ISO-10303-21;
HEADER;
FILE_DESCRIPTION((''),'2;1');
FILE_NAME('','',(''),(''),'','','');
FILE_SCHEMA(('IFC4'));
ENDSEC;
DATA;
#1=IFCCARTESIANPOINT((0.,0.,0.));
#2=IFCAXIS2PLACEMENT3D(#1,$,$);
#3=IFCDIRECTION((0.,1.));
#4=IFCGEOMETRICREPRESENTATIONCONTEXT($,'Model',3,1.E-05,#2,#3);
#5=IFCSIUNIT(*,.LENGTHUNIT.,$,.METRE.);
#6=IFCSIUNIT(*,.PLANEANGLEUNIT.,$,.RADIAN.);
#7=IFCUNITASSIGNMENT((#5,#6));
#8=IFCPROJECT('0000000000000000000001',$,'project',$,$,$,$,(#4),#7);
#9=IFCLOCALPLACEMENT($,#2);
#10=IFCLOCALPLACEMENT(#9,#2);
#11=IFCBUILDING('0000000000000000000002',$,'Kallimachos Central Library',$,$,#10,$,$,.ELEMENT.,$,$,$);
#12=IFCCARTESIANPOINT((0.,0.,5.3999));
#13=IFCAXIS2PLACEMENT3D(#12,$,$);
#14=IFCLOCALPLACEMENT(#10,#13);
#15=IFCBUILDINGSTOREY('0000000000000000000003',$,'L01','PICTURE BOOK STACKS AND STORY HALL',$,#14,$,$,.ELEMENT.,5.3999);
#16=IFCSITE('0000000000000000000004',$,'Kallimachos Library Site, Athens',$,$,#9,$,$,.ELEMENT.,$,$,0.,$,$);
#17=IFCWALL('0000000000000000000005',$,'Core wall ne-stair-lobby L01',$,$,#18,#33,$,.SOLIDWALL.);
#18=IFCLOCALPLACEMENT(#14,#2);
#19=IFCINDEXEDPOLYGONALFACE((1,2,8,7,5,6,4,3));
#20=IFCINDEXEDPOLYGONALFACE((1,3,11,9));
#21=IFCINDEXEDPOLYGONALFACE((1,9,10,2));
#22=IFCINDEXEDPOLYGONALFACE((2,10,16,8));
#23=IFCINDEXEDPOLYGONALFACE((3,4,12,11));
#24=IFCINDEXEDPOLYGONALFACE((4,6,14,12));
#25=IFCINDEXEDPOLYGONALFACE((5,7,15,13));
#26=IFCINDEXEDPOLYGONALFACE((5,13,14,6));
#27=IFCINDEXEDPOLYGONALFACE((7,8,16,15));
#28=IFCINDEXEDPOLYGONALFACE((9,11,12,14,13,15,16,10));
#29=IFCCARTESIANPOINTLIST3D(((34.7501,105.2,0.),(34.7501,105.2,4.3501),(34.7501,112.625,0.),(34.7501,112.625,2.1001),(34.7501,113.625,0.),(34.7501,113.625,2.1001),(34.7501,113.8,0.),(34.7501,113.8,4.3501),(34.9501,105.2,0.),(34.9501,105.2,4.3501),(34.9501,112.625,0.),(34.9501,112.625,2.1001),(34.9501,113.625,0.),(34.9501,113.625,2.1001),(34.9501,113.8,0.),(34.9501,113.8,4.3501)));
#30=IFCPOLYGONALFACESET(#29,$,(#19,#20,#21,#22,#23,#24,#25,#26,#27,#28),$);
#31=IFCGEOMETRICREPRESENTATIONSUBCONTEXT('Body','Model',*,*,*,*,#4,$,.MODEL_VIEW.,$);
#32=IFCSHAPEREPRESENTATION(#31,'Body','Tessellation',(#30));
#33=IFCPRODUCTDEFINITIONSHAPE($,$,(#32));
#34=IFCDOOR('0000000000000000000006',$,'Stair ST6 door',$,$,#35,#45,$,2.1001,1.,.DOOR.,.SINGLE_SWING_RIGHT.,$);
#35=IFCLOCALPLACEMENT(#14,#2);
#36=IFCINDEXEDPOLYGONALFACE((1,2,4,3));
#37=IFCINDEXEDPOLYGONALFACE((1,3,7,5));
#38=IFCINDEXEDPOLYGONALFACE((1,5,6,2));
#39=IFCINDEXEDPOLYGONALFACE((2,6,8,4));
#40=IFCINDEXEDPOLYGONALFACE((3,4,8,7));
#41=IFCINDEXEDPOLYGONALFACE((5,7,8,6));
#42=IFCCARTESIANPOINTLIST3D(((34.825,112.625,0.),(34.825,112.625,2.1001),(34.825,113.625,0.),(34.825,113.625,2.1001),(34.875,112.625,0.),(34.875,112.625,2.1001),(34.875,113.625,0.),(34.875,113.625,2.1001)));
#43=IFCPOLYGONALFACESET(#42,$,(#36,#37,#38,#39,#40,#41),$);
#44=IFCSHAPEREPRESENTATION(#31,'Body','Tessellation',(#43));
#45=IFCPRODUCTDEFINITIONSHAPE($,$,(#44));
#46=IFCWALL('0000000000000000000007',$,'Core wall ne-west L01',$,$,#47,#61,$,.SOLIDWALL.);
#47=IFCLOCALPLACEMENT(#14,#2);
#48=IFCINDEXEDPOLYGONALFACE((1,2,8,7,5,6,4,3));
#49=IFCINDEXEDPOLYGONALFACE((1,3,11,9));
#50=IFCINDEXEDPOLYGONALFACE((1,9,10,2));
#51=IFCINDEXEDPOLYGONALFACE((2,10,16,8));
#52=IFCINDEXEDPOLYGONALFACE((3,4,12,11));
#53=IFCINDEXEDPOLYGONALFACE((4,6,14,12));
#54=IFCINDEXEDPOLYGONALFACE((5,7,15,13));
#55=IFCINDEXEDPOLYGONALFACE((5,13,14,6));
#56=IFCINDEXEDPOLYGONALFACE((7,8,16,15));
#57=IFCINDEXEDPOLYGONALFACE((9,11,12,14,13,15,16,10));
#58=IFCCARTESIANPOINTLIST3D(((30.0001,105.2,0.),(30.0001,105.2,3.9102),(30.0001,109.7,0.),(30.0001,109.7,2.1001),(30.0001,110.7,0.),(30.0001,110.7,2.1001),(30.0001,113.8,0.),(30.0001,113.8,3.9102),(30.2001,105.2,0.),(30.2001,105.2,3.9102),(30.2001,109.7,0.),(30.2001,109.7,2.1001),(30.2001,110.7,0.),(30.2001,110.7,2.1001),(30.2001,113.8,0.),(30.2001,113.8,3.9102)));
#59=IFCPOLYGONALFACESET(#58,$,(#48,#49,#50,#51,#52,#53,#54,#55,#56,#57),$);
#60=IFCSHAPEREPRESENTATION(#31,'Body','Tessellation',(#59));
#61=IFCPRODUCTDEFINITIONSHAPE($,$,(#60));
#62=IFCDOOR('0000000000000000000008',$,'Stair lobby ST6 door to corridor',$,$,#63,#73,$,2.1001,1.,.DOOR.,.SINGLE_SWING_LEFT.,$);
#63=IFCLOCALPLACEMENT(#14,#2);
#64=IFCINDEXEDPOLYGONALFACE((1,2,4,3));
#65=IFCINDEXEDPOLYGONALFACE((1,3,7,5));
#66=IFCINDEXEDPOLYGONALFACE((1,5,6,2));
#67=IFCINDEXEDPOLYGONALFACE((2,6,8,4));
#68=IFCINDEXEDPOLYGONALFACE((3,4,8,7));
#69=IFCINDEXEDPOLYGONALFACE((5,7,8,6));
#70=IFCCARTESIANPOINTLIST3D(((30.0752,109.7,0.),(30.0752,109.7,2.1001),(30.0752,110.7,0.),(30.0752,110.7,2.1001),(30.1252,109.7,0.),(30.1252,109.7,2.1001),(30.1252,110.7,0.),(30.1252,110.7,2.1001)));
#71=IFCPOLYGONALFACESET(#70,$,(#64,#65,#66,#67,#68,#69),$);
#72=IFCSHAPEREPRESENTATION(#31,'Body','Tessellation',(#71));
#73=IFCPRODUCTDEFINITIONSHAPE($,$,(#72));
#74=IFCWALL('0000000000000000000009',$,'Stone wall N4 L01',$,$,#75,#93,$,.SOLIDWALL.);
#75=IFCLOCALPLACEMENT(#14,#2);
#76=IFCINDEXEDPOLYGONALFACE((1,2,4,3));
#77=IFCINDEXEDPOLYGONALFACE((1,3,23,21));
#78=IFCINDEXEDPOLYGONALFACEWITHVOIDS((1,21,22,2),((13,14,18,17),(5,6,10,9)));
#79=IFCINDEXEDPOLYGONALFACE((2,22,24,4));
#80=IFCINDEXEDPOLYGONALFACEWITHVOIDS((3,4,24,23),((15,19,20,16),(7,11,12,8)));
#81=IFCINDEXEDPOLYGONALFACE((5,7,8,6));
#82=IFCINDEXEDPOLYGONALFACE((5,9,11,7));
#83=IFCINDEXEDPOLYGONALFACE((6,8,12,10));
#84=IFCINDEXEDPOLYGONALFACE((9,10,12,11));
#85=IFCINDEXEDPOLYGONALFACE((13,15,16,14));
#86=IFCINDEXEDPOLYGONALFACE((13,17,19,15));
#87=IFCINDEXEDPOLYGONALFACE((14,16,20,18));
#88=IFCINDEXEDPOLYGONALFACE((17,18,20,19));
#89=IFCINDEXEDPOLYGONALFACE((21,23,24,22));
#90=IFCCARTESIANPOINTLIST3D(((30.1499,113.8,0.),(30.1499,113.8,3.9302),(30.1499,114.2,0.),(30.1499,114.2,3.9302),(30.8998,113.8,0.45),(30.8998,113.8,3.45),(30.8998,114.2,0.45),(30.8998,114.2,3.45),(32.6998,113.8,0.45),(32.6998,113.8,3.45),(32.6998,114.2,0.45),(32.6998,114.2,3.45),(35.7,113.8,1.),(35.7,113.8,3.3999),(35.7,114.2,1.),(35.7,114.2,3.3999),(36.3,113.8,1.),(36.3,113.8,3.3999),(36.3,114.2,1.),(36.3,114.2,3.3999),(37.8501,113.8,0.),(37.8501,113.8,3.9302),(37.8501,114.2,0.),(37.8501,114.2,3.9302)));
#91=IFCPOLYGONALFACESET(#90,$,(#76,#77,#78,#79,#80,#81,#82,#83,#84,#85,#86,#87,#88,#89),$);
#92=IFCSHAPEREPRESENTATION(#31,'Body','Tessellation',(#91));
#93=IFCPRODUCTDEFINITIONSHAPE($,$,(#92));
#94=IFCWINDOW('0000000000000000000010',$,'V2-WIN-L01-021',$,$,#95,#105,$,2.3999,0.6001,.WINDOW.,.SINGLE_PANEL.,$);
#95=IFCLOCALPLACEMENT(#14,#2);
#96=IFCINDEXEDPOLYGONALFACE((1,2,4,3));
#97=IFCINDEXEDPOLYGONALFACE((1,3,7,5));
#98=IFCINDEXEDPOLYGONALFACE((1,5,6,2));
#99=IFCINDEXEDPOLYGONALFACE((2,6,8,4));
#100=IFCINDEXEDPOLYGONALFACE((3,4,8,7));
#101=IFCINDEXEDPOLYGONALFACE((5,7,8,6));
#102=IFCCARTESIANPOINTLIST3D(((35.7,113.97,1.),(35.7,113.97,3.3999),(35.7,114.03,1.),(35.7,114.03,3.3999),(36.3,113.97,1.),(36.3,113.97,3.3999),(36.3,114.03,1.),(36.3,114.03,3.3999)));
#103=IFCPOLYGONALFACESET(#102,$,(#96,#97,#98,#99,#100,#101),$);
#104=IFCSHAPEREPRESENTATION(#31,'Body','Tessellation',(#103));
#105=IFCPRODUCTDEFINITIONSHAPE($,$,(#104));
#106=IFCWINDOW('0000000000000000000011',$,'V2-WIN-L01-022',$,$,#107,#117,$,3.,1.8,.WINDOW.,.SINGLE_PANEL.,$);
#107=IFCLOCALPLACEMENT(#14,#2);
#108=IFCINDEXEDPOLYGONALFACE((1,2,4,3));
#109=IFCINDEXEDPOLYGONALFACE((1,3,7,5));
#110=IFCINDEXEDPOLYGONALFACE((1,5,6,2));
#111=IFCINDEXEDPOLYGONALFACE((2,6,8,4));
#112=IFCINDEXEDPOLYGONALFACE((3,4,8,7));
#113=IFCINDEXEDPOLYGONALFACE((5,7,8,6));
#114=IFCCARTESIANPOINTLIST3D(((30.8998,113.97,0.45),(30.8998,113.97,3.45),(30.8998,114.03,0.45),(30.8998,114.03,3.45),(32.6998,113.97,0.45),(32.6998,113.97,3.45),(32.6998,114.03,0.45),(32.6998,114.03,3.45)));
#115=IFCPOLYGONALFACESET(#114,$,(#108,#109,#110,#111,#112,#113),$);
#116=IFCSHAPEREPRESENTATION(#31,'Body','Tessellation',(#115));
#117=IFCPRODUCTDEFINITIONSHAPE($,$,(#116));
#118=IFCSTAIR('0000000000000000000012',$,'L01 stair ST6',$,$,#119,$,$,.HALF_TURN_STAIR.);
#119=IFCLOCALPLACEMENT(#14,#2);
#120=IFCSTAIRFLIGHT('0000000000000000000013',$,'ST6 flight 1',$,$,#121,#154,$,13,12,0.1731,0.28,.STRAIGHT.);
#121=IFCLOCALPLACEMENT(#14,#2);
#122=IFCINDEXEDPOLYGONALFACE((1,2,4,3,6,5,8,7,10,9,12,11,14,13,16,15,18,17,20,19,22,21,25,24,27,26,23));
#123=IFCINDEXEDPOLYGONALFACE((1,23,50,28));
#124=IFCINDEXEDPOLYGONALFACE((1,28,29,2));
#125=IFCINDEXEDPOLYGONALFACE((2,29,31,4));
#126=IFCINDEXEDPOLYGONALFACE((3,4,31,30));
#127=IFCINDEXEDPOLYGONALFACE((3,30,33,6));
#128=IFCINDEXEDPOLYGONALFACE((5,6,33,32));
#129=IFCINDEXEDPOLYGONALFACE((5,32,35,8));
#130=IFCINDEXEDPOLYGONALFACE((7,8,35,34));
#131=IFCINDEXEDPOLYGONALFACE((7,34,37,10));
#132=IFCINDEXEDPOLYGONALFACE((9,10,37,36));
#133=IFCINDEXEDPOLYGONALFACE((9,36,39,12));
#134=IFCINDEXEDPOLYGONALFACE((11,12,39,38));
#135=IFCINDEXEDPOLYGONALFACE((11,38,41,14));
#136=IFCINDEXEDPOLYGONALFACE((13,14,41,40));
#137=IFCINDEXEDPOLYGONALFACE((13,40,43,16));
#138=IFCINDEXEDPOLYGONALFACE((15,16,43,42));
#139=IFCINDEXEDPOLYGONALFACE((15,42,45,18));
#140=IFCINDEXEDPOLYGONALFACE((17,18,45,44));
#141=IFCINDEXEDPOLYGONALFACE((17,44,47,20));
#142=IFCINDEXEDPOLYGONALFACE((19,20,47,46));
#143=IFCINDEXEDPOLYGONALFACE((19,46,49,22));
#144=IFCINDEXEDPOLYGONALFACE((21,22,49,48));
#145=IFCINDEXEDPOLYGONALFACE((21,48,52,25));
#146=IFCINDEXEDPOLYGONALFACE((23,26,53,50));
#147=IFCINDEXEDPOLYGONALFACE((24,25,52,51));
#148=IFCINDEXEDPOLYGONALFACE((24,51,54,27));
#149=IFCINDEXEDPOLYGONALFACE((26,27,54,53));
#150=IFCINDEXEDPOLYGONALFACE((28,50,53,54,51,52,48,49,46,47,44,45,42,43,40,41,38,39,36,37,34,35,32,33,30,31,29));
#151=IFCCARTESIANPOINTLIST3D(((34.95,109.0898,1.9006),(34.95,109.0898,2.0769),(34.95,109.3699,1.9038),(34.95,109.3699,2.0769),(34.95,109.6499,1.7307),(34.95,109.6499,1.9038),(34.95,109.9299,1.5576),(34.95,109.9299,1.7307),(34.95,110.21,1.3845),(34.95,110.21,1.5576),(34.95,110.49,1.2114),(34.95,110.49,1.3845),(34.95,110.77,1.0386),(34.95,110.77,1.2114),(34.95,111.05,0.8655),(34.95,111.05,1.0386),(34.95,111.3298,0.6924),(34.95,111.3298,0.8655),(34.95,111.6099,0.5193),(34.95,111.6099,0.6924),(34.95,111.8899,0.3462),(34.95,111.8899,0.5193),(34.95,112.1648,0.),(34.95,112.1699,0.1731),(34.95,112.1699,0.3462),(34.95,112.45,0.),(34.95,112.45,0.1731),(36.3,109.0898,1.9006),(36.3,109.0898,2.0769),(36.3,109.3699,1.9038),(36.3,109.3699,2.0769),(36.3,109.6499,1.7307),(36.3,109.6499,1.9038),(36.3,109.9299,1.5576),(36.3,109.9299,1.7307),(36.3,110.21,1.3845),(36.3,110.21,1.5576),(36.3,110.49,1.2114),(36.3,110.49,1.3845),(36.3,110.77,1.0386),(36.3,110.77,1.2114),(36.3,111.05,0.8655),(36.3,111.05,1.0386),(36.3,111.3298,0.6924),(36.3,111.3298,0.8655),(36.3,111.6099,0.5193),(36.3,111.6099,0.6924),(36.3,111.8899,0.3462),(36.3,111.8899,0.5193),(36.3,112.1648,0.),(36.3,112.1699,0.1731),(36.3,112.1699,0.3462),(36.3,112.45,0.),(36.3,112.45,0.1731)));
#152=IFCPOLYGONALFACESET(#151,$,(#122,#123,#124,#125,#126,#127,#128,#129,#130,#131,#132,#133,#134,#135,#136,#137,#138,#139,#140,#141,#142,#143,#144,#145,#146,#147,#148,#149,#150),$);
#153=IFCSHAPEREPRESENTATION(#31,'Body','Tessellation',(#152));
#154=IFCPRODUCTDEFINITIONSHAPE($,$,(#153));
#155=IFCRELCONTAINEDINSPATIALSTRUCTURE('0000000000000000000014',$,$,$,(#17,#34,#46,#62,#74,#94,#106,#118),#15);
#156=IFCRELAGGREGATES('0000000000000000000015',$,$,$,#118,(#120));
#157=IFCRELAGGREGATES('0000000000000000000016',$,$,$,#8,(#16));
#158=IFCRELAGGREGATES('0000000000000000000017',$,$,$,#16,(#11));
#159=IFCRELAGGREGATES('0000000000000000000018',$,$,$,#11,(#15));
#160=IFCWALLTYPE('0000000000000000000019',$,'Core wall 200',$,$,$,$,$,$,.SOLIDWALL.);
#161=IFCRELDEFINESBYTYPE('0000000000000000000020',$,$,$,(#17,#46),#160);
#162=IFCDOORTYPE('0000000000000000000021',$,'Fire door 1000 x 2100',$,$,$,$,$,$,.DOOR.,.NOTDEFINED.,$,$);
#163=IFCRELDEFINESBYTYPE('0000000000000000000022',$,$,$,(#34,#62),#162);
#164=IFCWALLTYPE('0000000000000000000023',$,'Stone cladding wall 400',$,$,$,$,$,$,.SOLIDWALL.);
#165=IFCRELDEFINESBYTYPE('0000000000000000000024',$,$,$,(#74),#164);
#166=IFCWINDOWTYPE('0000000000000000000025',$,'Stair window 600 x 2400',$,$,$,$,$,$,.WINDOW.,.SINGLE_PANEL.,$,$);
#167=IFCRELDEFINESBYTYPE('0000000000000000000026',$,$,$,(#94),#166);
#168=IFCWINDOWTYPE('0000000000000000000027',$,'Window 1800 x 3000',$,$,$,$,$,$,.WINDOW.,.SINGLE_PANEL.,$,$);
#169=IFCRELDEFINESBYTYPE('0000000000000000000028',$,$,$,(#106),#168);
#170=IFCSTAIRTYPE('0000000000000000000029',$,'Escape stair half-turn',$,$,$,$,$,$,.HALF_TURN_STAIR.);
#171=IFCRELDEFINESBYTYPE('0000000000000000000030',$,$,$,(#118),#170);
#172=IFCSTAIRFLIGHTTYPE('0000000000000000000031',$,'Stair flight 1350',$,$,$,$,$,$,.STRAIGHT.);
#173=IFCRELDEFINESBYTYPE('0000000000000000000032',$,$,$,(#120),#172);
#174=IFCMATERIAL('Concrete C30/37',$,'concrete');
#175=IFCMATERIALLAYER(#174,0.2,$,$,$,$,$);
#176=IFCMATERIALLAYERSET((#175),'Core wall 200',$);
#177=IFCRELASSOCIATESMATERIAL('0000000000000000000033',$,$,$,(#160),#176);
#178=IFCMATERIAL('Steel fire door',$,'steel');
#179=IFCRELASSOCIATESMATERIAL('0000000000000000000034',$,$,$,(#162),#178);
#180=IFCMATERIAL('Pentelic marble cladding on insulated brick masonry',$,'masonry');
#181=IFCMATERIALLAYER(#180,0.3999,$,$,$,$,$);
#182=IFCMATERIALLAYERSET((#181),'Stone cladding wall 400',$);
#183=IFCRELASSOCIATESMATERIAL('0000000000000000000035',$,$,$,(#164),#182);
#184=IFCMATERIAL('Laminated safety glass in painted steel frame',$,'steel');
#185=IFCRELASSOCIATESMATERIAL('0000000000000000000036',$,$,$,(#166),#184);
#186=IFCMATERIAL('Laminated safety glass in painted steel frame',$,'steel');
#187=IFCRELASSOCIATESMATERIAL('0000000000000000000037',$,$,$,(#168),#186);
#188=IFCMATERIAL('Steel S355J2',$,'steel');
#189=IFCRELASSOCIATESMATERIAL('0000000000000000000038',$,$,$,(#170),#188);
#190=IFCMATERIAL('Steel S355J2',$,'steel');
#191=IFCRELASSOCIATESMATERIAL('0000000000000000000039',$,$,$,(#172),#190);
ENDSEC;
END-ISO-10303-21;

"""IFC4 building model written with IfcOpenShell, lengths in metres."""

from ifc_helpers import new_model, si_unit, direction, frame, frame_2d, origin, place, context, subcontext, project, spatial, polyline, rectangle, outline, extrude, material, layer, layer_set, type_object, element, fill, aggregate, save


model = new_model("IFC4")

# Units and contexts
model_context = context("Model", 3, precision=1e-05, world=origin(), true_north=direction((0.0, 1.0)))
body_context = subcontext(model_context, "Body", "Model", "MODEL_VIEW")
ifc_project = project(units=[si_unit("LENGTHUNIT", "METRE"), si_unit("PLANEANGLEUNIT", "RADIAN")], contexts=[model_context])

# Site, building, storey
site_placement = place(None, origin())
site = spatial("IfcSite", under=ifc_project, at=site_placement, Name="Kallimachos Library Site, Athens", CompositionType="ELEMENT", RefElevation=0.0)
building_placement = place(site_placement, origin())
building = spatial("IfcBuilding", under=site, at=building_placement, Name="Kallimachos Central Library", CompositionType="ELEMENT")
storey_placement = place(building_placement, frame((0.0, 0.0, 5.3999)))
storey = spatial("IfcBuildingStorey", under=building, at=storey_placement, Name="L01", Description="PICTURE BOOK STACKS AND STORY HALL", CompositionType="ELEMENT", Elevation=5.3999)

# Walls, openings, doors
ifc_material_1 = material(Name="Concrete C30/37", Category="concrete")
ifc_layer_1 = layer(ifc_material_1, 0.2)
ifc_layer_set_1 = layer_set([ifc_layer_1], Name="Core wall 200")
wall_type_1 = type_object("IfcWallType", Name="Core wall 200", PredefinedType="SOLIDWALL", material=ifc_layer_set_1)
wall_1_placement = place(storey_placement, frame((34.8501, 105.2, 0.0), z_axis=(0.0, 0.0, 1.0), x_axis=(0.0, 1.0, 0.0)))
wall_1 = element("IfcWall", 1, at=wall_1_placement, inside=storey, type_object=wall_type_1, Name="Core wall ne-stair-lobby L01", PredefinedType="SOLIDWALL", context=body_context, shape_type="SweptSolid", body=[
    extrude(rectangle(XDim=8.6001, YDim=0.2, at=frame_2d((4.3, 0.0))), origin(), (0.0, 0.0, 1.0), 4.3501),
])
opening_1_placement = place(wall_1_placement, frame((7.425, 0.0, 0.0)))
opening_1 = element("IfcOpeningElement", 2, at=opening_1_placement, cuts=wall_1, PredefinedType="OPENING", context=body_context, shape_type="SweptSolid", body=[
    extrude(rectangle(XDim=1.0, YDim=2.1001, at=frame_2d((0.5, 1.05))), frame((0.0, 0.1099, 0.0), z_axis=(0.0, -1.0, 0.0), x_axis=(1.0, 0.0, 0.0)), (0.0, 0.0, 1.0), 0.22),
])
ifc_material_2 = material(Name="Steel fire door", Category="steel")
door_type = type_object("IfcDoorType", Name="Fire door 1000 x 2100", OperationType="NOTDEFINED", PredefinedType="DOOR", material=ifc_material_2)
door_1_placement = place(opening_1_placement, frame((1.0, 0.0, 0.0), z_axis=(0.0, 0.0, 1.0), x_axis=(-1.0, 0.0, 0.0)))
door_1 = element("IfcDoor", 3, at=door_1_placement, inside=storey, type_object=door_type, Name="Stair ST6 door", OperationType="SINGLE_SWING_RIGHT", OverallHeight=2.1001, OverallWidth=1.0, PredefinedType="DOOR", context=body_context, shape_type="SweptSolid", body=[
    extrude(rectangle(XDim=1.0, YDim=2.1001, at=frame_2d((0.5, 1.05))), frame((0.0, 0.0249, 0.0), z_axis=(0.0, -1.0, 0.0), x_axis=(1.0, 0.0, 0.0)), (0.0, 0.0, 1.0), 0.05),
])
fill(opening_1, door_1)
wall_2_placement = place(storey_placement, frame((30.1001, 105.2, 0.0), z_axis=(0.0, 0.0, 1.0), x_axis=(0.0, 1.0, 0.0)))
wall_2 = element("IfcWall", 4, at=wall_2_placement, inside=storey, type_object=wall_type_1, Name="Core wall ne-west L01", PredefinedType="SOLIDWALL", context=body_context, shape_type="SweptSolid", body=[
    extrude(rectangle(XDim=8.6001, YDim=0.2, at=frame_2d((4.3, 0.0))), origin(), (0.0, 0.0, 1.0), 3.9102),
])
opening_2_placement = place(wall_2_placement, frame((4.5, 0.0, 0.0)))
opening_2 = element("IfcOpeningElement", 5, at=opening_2_placement, cuts=wall_2, PredefinedType="OPENING", context=body_context, shape_type="SweptSolid", body=[
    extrude(rectangle(XDim=1.0, YDim=2.1001, at=frame_2d((0.5, 1.05))), frame((0.0, 0.1099, 0.0), z_axis=(0.0, -1.0, 0.0), x_axis=(1.0, 0.0, 0.0)), (0.0, 0.0, 1.0), 0.22),
])
door_2_placement = place(opening_2_placement, origin())
door_2 = element("IfcDoor", 6, at=door_2_placement, inside=storey, type_object=door_type, Name="Stair lobby ST6 door to corridor", OperationType="SINGLE_SWING_LEFT", OverallHeight=2.1001, OverallWidth=1.0, PredefinedType="DOOR", context=body_context, shape_type="SweptSolid", body=[
    extrude(rectangle(XDim=1.0, YDim=2.1001, at=frame_2d((0.5, 1.05))), frame((0.0, 0.0249, 0.0), z_axis=(0.0, -1.0, 0.0), x_axis=(1.0, 0.0, 0.0)), (0.0, 0.0, 1.0), 0.05),
])
fill(opening_2, door_2)

# Wall, openings, windows
ifc_material_3 = material(Name="Pentelic marble cladding on insulated brick masonry", Category="masonry")
ifc_layer_2 = layer(ifc_material_3, 0.3999)
ifc_layer_set_2 = layer_set([ifc_layer_2], Name="Stone cladding wall 400")
wall_type_2 = type_object("IfcWallType", Name="Stone cladding wall 400", PredefinedType="SOLIDWALL", material=ifc_layer_set_2)
wall_3_placement = place(storey_placement, frame((30.1499, 114.0, 0.0), z_axis=(0.0, 0.0, 1.0), x_axis=(1.0, 0.0, 0.0)))
wall_3 = element("IfcWall", 7, at=wall_3_placement, inside=storey, type_object=wall_type_2, Name="Stone wall N4 L01", PredefinedType="SOLIDWALL", context=body_context, shape_type="SweptSolid", body=[
    extrude(rectangle(XDim=7.7002, YDim=0.3999, at=frame_2d((3.8501, 0.0))), origin(), (0.0, 0.0, 1.0), 3.9302),
])
opening_3_placement = place(wall_3_placement, frame((5.55, 0.0, 1.0)))
opening_3 = element("IfcOpeningElement", 8, at=opening_3_placement, cuts=wall_3, PredefinedType="OPENING", context=body_context, shape_type="SweptSolid", body=[
    extrude(rectangle(XDim=0.6001, YDim=2.3999, at=frame_2d((0.3, 1.2))), frame((0.0, 0.21, 0.0), z_axis=(0.0, -1.0, 0.0), x_axis=(1.0, 0.0, 0.0)), (0.0, 0.0, 1.0), 0.4199),
])
opening_4_placement = place(wall_3_placement, frame((0.75, 0.0, 0.45)))
opening_4 = element("IfcOpeningElement", 9, at=opening_4_placement, cuts=wall_3, PredefinedType="OPENING", context=body_context, shape_type="SweptSolid", body=[
    extrude(rectangle(XDim=1.8, YDim=3.0, at=frame_2d((0.8999, 1.5))), frame((0.0, 0.21, 0.0), z_axis=(0.0, -1.0, 0.0), x_axis=(1.0, 0.0, 0.0)), (0.0, 0.0, 1.0), 0.4199),
])
ifc_material_4 = material(Name="Laminated safety glass in painted steel frame", Category="steel")
window_type_1 = type_object("IfcWindowType", Name="Stair window 600 x 2400", PartitioningType="SINGLE_PANEL", PredefinedType="WINDOW", material=ifc_material_4)
window_1_placement = place(opening_3_placement, origin())
window_1 = element("IfcWindow", 10, at=window_1_placement, inside=storey, type_object=window_type_1, Name="V2-WIN-L01-021", OverallHeight=2.3999, OverallWidth=0.6001, PartitioningType="SINGLE_PANEL", PredefinedType="WINDOW", context=body_context, shape_type="SweptSolid", body=[
    extrude(rectangle(XDim=0.6001, YDim=2.3999, at=frame_2d((0.3, 1.2))), frame((0.0, 0.03, 0.0), z_axis=(0.0, -1.0, 0.0), x_axis=(1.0, 0.0, 0.0)), (0.0, 0.0, 1.0), 0.0601),
])
fill(opening_3, window_1)
ifc_material_5 = material(Name="Laminated safety glass in painted steel frame", Category="steel")
window_type_2 = type_object("IfcWindowType", Name="Window 1800 x 3000", PartitioningType="SINGLE_PANEL", PredefinedType="WINDOW", material=ifc_material_5)
window_2_placement = place(opening_4_placement, origin())
window_2 = element("IfcWindow", 11, at=window_2_placement, inside=storey, type_object=window_type_2, Name="V2-WIN-L01-022", OverallHeight=3.0, OverallWidth=1.8, PartitioningType="SINGLE_PANEL", PredefinedType="WINDOW", context=body_context, shape_type="SweptSolid", body=[
    extrude(rectangle(XDim=1.8, YDim=3.0, at=frame_2d((0.8999, 1.5))), frame((0.0, 0.03, 0.0), z_axis=(0.0, -1.0, 0.0), x_axis=(1.0, 0.0, 0.0)), (0.0, 0.0, 1.0), 0.0601),
])
fill(opening_4, window_2)

# Stair, stair flight
ifc_material_6 = material(Name="Steel S355J2", Category="steel")
stair_type = type_object("IfcStairType", Name="Escape stair half-turn", PredefinedType="HALF_TURN_STAIR", material=ifc_material_6)
stair_placement = place(storey_placement, origin())
stair = element("IfcStair", 12, at=stair_placement, inside=storey, type_object=stair_type, Name="L01 stair ST6", PredefinedType="HALF_TURN_STAIR")
ifc_material_7 = material(Name="Steel S355J2", Category="steel")
stair_flight_type = type_object("IfcStairFlightType", Name="Stair flight 1350", PredefinedType="STRAIGHT", material=ifc_material_7)
stair_flight_1_placement = place(storey_placement, frame((35.625, 112.45, 0.0), z_axis=(0.0, 0.0, 1.0), x_axis=(0.0, -1.0, 0.0)))
stair_flight_1 = element("IfcStairFlight", 13, at=stair_flight_1_placement, type_object=stair_flight_type, Name="ST6 flight 1", NumberOfRisers=13, NumberOfTreads=12, PredefinedType="STRAIGHT", RiserHeight=0.1731, TreadLength=0.28, context=body_context, shape_type="SweptSolid", body=[
    extrude(outline(polyline([(0.0, 0.0), (0.0, 0.1731), (0.28, 0.1731), (0.28, 0.3462), (0.5601, 0.3462), (0.5601, 0.5193), (0.8401, 0.5193), (0.8401, 0.6924), (1.1201, 0.6924), (1.1201, 0.8655), (1.3999, 0.8655), (1.3999, 1.0386), (1.6799, 1.0386), (1.6799, 1.2114), (1.96, 1.2114), (1.96, 1.3845), (2.24, 1.3845), (2.24, 1.5576), (2.52, 1.5576), (2.52, 1.7307), (2.8, 1.7307), (2.8, 1.9038), (3.0801, 1.9038), (3.0801, 2.0769), (3.3601, 2.0769), (3.3601, 2.25), (3.3601, 1.9006), (0.2852, 0.0), (0.0, 0.0)])), frame((0.0, 0.675, 0.0), z_axis=(0.0, -1.0, 0.0), x_axis=(1.0, 0.0, 0.0)), (0.0, 0.0, 1.0), 1.3501),
])
aggregate(stair, [stair_flight_1])

save(model, "model.ifc")
